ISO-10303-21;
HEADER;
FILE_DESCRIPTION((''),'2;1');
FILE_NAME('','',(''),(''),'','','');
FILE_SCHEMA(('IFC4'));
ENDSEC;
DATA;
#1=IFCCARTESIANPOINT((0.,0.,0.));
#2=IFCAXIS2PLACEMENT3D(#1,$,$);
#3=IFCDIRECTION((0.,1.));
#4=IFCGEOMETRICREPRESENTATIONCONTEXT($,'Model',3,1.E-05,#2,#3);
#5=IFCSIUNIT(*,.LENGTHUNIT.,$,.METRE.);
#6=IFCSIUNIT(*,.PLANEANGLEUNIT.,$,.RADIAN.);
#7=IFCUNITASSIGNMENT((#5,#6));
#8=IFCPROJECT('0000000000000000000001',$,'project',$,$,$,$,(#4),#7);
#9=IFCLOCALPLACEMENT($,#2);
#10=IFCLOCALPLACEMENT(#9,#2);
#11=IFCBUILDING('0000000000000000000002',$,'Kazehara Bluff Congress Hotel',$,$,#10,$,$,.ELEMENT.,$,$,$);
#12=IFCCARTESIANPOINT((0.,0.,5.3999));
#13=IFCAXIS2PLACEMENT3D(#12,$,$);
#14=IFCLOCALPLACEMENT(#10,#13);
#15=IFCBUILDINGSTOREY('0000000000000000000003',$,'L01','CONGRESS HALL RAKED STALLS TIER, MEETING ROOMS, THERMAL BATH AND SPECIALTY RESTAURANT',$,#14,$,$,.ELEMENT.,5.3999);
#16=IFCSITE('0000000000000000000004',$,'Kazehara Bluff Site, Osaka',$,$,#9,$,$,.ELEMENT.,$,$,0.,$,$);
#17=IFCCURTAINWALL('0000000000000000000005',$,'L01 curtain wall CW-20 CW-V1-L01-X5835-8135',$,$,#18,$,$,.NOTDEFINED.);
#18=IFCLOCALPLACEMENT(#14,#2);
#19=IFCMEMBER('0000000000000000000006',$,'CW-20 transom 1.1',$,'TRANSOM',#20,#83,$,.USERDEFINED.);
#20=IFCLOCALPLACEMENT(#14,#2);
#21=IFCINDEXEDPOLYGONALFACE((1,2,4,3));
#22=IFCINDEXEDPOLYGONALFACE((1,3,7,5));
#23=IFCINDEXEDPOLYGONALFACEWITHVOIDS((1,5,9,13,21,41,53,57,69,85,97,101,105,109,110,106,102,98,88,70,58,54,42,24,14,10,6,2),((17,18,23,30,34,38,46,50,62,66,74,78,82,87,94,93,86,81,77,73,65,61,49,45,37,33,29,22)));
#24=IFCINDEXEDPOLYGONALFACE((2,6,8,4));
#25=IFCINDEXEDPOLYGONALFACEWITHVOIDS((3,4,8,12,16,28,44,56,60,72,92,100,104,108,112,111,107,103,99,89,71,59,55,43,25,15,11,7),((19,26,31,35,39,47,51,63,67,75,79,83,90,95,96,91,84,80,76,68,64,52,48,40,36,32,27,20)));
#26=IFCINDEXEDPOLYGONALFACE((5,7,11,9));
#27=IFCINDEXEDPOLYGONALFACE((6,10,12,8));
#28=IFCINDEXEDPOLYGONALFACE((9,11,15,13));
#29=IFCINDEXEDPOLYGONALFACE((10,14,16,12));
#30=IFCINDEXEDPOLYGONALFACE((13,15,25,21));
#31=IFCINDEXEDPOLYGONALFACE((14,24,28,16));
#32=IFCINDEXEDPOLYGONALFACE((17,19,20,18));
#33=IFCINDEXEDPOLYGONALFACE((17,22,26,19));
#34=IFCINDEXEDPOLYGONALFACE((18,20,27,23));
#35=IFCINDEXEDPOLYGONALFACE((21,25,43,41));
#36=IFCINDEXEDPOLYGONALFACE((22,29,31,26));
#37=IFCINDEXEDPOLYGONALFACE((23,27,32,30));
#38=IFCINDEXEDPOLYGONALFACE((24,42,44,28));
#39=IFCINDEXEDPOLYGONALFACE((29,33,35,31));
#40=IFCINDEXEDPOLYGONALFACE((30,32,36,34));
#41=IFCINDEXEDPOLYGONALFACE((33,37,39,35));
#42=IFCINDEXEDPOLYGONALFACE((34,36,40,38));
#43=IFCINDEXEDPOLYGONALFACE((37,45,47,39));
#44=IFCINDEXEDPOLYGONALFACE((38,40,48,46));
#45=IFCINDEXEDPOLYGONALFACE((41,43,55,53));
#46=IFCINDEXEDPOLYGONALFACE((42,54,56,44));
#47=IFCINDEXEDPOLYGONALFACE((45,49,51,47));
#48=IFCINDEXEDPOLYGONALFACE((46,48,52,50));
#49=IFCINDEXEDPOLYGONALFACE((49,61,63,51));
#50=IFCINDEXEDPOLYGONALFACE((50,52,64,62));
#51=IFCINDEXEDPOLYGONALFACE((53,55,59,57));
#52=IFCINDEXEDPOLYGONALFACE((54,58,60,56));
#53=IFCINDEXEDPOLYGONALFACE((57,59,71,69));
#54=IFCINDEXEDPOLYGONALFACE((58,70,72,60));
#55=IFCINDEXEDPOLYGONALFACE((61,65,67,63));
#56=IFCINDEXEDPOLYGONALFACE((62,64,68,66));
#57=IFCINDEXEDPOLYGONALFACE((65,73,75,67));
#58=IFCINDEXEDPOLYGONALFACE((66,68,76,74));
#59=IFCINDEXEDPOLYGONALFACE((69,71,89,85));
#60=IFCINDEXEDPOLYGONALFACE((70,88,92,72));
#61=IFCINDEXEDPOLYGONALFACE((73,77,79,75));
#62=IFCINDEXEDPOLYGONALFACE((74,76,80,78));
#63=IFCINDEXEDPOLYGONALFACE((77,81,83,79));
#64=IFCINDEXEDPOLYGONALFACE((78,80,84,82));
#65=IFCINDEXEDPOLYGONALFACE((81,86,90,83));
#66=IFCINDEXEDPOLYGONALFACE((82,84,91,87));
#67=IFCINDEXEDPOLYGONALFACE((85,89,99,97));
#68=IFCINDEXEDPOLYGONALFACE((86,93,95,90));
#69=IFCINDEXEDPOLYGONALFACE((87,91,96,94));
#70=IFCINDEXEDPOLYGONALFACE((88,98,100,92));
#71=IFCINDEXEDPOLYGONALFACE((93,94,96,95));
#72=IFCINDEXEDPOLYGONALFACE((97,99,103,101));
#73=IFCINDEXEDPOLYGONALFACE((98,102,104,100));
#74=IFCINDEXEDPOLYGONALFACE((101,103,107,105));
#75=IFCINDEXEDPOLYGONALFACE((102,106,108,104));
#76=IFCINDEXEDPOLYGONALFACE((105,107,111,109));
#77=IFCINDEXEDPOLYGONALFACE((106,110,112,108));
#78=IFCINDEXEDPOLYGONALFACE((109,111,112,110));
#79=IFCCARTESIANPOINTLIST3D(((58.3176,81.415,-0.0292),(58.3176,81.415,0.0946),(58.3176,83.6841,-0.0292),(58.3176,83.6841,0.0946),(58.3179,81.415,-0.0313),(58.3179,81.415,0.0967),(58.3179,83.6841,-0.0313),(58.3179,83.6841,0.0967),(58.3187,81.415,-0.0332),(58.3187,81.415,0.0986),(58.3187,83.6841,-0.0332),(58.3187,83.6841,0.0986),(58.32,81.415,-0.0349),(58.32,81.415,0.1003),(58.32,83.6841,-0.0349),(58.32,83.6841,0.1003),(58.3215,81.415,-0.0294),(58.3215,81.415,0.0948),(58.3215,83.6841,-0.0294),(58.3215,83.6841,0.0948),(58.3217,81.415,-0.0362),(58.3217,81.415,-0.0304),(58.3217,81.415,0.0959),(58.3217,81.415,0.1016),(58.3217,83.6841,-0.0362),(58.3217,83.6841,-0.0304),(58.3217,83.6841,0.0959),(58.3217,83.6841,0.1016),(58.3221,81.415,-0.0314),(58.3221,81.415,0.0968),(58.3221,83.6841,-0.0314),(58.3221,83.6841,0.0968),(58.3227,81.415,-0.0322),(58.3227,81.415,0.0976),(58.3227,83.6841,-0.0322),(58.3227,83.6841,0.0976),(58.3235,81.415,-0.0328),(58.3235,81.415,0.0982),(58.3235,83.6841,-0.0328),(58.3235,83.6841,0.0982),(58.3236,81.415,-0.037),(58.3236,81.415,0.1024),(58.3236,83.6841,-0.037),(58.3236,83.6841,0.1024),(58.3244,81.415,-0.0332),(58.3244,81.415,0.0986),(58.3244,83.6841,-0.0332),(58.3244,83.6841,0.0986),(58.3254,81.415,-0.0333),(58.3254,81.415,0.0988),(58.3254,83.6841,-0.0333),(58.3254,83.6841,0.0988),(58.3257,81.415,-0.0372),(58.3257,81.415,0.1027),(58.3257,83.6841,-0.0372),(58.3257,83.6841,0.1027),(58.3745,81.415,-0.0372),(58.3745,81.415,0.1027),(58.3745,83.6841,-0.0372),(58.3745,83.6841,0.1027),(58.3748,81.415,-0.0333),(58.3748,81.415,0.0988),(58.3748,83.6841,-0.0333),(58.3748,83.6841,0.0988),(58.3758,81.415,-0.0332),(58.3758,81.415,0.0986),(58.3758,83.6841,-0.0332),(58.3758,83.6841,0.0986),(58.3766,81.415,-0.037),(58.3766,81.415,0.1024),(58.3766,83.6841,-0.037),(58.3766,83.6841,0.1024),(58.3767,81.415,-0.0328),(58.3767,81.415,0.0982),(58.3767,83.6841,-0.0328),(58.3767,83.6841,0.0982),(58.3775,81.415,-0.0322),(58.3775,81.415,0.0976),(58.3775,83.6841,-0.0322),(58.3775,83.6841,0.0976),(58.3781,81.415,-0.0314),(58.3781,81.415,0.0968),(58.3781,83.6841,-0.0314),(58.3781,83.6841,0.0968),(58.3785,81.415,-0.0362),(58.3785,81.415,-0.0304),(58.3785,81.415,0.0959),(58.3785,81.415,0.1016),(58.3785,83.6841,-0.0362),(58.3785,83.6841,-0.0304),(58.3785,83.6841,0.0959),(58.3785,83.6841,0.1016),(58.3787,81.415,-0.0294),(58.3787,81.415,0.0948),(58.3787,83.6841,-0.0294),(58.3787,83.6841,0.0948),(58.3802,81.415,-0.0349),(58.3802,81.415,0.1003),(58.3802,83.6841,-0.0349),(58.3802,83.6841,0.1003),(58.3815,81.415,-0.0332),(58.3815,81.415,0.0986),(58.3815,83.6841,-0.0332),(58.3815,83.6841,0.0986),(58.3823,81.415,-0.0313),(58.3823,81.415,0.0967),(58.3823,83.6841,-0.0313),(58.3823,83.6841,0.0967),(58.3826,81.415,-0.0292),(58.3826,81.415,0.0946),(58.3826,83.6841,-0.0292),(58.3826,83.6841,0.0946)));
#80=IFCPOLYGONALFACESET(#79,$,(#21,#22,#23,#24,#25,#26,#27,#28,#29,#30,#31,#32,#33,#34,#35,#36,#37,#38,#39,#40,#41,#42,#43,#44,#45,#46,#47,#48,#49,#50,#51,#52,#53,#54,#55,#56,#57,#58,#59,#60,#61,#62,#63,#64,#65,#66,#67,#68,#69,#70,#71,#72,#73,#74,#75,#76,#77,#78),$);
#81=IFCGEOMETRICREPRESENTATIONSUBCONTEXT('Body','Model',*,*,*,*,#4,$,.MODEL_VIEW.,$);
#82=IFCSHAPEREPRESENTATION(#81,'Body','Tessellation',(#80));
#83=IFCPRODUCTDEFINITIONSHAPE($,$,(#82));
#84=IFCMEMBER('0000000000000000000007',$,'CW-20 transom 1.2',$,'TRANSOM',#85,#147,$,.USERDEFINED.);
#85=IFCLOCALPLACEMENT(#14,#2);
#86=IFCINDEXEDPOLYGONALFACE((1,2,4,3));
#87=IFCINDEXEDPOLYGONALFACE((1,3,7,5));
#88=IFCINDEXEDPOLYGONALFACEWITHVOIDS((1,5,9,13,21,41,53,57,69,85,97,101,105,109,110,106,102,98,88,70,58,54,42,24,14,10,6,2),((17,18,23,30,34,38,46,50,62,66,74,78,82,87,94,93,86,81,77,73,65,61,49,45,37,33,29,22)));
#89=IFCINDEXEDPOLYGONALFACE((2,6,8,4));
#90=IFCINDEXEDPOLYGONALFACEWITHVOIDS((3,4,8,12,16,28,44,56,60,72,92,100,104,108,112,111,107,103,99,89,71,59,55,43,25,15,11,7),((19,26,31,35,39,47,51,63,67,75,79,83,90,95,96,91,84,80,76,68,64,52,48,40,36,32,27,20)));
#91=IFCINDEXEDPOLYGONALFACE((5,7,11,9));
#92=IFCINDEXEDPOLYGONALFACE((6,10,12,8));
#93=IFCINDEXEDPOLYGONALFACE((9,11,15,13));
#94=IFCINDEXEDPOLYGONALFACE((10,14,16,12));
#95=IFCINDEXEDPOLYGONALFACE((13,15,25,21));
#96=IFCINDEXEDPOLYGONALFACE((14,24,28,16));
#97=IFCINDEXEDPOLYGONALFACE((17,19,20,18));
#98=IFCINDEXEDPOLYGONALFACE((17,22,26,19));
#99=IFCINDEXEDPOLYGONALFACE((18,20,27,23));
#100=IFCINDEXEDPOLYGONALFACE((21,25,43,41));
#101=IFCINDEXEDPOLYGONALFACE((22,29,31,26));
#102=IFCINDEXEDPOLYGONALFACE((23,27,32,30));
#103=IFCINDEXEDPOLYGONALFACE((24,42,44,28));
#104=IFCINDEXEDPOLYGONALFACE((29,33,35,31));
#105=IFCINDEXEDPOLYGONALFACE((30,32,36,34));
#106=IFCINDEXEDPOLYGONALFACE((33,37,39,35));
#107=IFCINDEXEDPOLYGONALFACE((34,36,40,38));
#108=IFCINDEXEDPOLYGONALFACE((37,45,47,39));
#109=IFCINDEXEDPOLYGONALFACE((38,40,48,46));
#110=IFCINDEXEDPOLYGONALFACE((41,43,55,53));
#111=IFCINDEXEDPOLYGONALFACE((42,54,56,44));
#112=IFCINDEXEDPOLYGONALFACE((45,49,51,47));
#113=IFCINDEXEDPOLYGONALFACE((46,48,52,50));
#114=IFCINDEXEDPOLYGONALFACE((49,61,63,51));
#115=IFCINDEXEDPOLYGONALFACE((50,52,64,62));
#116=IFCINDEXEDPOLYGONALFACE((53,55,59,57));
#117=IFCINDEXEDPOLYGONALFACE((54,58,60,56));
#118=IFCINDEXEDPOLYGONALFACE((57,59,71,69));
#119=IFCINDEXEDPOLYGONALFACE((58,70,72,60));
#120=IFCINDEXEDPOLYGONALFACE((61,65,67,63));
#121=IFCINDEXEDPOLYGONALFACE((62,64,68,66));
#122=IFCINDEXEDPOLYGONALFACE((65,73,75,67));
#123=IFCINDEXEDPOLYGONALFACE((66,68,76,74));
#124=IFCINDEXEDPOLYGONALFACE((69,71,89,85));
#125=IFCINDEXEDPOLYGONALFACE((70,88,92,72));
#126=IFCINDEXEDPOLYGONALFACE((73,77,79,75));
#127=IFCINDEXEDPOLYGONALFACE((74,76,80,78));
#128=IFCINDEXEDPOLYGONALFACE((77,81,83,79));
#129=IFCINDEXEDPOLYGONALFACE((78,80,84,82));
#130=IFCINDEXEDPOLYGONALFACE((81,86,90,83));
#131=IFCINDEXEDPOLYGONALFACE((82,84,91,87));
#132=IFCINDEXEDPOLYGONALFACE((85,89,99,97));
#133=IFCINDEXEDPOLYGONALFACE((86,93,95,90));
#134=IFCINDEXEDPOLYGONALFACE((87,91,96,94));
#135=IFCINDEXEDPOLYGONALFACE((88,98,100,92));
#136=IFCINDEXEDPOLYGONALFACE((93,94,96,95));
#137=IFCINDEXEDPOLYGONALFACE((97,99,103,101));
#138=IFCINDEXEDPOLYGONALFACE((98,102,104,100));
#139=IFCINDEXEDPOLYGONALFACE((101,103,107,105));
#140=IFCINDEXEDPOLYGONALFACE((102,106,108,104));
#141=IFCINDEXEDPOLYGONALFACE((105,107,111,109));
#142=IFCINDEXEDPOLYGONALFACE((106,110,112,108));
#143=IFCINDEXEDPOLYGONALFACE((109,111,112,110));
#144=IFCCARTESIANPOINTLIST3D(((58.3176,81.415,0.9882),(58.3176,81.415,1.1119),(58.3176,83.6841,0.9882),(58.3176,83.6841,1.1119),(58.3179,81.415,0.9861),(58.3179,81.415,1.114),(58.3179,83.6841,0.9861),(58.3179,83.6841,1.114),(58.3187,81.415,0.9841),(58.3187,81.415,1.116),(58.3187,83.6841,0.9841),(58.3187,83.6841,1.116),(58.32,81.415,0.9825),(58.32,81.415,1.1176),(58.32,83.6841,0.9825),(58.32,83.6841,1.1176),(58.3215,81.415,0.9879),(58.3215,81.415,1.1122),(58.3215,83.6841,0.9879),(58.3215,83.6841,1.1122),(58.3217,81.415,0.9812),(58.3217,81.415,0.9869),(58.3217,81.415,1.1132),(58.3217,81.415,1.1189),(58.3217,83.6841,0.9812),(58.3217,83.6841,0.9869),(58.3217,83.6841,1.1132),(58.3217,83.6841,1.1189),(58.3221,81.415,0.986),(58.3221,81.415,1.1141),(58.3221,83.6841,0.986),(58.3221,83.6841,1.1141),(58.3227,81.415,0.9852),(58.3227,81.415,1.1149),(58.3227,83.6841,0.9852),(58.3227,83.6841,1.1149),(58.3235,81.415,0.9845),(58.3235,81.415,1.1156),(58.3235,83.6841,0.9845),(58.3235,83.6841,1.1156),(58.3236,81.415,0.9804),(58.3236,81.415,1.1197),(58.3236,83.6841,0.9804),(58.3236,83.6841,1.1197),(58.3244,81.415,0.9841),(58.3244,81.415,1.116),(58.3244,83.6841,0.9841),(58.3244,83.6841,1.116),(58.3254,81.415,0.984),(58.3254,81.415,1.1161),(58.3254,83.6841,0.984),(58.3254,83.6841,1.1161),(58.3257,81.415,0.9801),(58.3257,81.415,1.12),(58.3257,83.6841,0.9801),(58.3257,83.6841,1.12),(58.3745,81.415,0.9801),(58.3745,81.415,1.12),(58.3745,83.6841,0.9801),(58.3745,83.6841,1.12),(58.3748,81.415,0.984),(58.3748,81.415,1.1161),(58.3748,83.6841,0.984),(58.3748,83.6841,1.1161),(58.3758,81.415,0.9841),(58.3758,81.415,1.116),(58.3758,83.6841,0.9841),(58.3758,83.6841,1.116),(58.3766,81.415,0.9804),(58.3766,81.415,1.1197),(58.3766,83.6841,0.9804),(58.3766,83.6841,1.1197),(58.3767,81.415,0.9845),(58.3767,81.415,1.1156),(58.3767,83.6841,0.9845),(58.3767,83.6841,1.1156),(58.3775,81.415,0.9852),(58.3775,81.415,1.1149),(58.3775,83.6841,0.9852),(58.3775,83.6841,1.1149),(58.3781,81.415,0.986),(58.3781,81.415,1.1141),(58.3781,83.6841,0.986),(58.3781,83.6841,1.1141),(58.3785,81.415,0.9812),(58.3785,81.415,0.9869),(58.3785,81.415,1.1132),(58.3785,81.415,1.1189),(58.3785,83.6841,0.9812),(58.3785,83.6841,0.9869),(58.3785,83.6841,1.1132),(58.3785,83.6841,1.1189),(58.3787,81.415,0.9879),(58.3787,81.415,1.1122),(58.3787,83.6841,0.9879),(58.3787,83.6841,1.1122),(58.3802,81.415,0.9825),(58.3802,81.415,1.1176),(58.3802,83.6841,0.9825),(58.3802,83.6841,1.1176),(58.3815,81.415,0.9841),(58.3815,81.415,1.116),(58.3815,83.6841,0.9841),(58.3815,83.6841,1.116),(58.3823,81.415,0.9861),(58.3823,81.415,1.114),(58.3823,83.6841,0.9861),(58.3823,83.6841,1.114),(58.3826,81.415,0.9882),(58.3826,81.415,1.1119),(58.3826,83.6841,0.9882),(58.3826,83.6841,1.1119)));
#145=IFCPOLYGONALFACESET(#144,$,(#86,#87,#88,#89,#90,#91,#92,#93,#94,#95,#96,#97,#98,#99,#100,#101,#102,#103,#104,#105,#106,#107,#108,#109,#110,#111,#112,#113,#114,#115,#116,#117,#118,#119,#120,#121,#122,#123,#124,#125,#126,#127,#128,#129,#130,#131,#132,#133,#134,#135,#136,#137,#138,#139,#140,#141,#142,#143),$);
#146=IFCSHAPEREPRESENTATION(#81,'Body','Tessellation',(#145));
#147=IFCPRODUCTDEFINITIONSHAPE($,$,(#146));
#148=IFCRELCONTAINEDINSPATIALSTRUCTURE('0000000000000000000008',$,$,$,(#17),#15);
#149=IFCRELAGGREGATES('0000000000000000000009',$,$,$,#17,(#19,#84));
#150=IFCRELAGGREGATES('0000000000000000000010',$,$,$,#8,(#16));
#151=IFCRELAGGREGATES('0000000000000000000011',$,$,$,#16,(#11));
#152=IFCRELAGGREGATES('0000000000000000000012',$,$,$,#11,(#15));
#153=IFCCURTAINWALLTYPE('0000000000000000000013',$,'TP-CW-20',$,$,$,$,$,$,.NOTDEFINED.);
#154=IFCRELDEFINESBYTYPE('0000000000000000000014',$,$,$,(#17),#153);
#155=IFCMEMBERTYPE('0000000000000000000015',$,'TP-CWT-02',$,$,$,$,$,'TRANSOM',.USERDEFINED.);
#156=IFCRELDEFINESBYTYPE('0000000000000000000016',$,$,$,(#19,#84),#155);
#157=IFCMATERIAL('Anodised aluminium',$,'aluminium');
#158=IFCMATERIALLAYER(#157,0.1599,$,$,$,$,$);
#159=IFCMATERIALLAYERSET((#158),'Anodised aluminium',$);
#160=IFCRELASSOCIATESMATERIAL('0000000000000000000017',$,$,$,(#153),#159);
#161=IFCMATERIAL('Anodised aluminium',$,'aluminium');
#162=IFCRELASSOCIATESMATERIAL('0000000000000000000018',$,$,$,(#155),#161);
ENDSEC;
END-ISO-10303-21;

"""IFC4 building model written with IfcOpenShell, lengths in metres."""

from ifc_helpers import new_model, si_unit, direction, frame, origin, origin_2d, place, context, subcontext, project, spatial, hollow_rectangle, extrude, material, layer, layer_set, material_profile, profile_set, type_object, element, aggregate, save


model = new_model("IFC4")

# Units and contexts
model_context = context("Model", 3, precision=1e-05, world=origin(), true_north=direction((0.0, 1.0)))
body_context = subcontext(model_context, "Body", "Model", "MODEL_VIEW")
ifc_project = project(units=[si_unit("LENGTHUNIT", "METRE"), si_unit("PLANEANGLEUNIT", "RADIAN")], contexts=[model_context])

# Site, building, storey
site_placement = place(None, origin())
site = spatial("IfcSite", under=ifc_project, at=site_placement, Name="Kazehara Bluff Site, Osaka", CompositionType="ELEMENT", RefElevation=0.0)
building_placement = place(site_placement, origin())
building = spatial("IfcBuilding", under=site, at=building_placement, Name="Kazehara Bluff Congress Hotel", CompositionType="ELEMENT")
storey_placement = place(building_placement, frame((0.0, 0.0, 5.3999)))
storey = spatial("IfcBuildingStorey", under=building, at=storey_placement, Name="L01", Description="CONGRESS HALL RAKED STALLS TIER, MEETING ROOMS, THERMAL BATH AND SPECIALTY RESTAURANT", CompositionType="ELEMENT", Elevation=5.3999)

# Curtain wall
ifc_material_1 = material(Name="Anodised aluminium", Category="aluminium")
ifc_layer_1 = layer(ifc_material_1, 0.1599)
ifc_layer_set_1 = layer_set([ifc_layer_1], Name="Anodised aluminium")
curtain_wall_type_1 = type_object("IfcCurtainWallType", Name="TP-CW-20", PredefinedType="NOTDEFINED", material=ifc_layer_set_1)
curtain_wall_1_placement = place(storey_placement, origin())
curtain_wall_1 = element("IfcCurtainWall", 1, at=curtain_wall_1_placement, inside=storey, type_object=curtain_wall_type_1, Name="L01 curtain wall CW-20 CW-V1-L01-X5835-8135", PredefinedType="NOTDEFINED")

# Members
ifc_material_2 = material(Name="Anodised aluminium", Category="aluminium")
ifc_material_profile_1 = material_profile(ifc_material_2, hollow_rectangle(XDim=0.0649, YDim=0.1399, WallThickness=0.0039, InnerFilletRadius=0.0039, OuterFilletRadius=0.0081, at=origin_2d()))
ifc_profile_set_1 = profile_set([ifc_material_profile_1], Name="Anodised aluminium")
member_type_1 = type_object("IfcMemberType", Name="TP-CWT-02", ElementType="TRANSOM", PredefinedType="USERDEFINED", material=ifc_profile_set_1)
member_1_placement = place(storey_placement, frame((58.3501, 81.415, 0.0327), z_axis=(0.0, 1.0, 0.0), x_axis=(-1.0, 0.0, 0.0)))
member_1 = element("IfcMember", 2, at=member_1_placement, type_object=member_type_1, Name="CW-20 transom 1.1", ObjectType="TRANSOM", PredefinedType="USERDEFINED", context=body_context, shape_type="SweptSolid", body=[
    extrude(hollow_rectangle(XDim=0.0649, YDim=0.1399, WallThickness=0.0039, InnerFilletRadius=0.0039, OuterFilletRadius=0.0081, at=origin_2d()), origin(), (0.0, 0.0, 1.0), 2.269),
])
member_2_placement = place(storey_placement, frame((58.3501, 81.415, 1.05), z_axis=(0.0, 1.0, 0.0), x_axis=(-1.0, 0.0, 0.0)))
member_2 = element("IfcMember", 3, at=member_2_placement, type_object=member_type_1, Name="CW-20 transom 1.2", ObjectType="TRANSOM", PredefinedType="USERDEFINED", context=body_context, shape_type="SweptSolid", body=[
    extrude(hollow_rectangle(XDim=0.0649, YDim=0.1399, WallThickness=0.0039, InnerFilletRadius=0.0039, OuterFilletRadius=0.0081, at=origin_2d()), origin(), (0.0, 0.0, 1.0), 2.269),
])

aggregate(curtain_wall_1, [member_1, member_2])

save(model, "model.ifc")
